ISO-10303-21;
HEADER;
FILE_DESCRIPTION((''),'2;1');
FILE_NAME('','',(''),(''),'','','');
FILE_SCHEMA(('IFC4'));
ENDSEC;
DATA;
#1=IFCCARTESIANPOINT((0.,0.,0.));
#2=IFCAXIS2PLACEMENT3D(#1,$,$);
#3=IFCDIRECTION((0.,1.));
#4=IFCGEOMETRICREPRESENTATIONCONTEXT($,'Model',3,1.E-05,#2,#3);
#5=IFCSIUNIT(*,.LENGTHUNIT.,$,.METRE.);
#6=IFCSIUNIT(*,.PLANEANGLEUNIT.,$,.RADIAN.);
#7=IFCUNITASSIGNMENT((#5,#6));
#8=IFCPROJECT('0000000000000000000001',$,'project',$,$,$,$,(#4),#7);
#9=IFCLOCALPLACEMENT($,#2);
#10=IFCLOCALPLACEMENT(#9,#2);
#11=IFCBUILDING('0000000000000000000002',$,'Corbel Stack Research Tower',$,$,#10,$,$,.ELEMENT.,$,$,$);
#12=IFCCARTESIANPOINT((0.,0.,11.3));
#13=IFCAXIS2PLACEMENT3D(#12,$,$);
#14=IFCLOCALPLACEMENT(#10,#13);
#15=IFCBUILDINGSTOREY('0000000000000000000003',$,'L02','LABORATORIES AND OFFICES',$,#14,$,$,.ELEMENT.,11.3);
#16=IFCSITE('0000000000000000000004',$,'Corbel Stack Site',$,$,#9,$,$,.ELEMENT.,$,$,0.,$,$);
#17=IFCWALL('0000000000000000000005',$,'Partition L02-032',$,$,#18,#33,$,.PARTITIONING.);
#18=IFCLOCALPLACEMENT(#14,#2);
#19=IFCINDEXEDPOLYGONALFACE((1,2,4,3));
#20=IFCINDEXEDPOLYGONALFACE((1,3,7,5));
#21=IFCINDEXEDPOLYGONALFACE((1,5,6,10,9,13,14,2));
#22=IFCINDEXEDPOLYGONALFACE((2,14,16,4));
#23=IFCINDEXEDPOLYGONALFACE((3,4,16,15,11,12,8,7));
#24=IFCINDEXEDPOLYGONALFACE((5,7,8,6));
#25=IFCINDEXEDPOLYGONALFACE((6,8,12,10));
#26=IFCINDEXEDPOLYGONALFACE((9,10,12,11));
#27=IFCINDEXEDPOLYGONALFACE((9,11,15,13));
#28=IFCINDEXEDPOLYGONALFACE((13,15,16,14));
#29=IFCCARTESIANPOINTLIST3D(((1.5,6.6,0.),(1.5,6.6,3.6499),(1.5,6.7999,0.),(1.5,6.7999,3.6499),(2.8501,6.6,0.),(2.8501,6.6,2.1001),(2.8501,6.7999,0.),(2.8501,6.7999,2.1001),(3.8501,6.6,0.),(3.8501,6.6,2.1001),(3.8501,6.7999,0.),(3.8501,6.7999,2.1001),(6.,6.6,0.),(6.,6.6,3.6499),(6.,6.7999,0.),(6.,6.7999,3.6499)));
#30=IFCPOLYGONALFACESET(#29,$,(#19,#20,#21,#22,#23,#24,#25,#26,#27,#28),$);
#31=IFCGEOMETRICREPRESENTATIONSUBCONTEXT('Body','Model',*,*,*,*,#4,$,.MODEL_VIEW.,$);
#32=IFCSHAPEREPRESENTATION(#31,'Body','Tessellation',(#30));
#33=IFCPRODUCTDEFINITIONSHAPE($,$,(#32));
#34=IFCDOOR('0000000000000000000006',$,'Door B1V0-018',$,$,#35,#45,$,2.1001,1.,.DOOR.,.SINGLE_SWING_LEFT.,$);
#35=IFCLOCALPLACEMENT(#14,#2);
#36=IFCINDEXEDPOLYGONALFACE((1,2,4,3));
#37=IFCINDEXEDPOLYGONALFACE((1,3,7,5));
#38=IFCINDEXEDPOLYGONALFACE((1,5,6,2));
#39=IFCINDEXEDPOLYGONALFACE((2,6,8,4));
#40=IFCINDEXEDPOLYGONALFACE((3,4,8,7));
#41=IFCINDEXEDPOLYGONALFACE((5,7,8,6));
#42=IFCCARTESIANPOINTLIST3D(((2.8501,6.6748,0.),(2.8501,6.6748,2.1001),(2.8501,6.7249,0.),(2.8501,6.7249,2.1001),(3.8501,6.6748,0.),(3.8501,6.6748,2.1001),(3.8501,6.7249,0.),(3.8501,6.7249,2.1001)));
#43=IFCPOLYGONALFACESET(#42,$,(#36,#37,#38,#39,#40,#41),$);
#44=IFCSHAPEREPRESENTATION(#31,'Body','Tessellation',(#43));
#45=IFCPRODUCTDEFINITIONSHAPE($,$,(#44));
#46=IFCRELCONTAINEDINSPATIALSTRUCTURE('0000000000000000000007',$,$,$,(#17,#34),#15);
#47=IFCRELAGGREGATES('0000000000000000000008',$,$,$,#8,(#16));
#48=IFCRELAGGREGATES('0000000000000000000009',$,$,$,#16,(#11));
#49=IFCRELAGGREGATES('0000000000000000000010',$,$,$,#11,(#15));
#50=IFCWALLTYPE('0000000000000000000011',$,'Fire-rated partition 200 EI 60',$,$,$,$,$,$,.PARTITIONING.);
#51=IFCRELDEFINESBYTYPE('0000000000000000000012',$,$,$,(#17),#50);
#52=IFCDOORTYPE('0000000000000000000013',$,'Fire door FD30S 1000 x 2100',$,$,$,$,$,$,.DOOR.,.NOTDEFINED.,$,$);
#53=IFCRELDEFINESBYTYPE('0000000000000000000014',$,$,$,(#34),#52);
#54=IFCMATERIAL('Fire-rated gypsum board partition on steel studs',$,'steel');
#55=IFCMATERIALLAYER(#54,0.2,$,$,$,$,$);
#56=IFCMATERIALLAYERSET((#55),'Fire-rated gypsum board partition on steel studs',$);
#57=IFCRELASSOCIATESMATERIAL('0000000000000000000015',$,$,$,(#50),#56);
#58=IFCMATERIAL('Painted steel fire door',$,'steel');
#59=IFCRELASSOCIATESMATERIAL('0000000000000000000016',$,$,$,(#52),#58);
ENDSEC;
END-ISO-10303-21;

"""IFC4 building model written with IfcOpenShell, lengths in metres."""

from ifc_helpers import new_model, si_unit, direction, frame, frame_2d, origin, place, context, subcontext, project, spatial, rectangle, extrude, material, layer, layer_set, type_object, element, fill, save


model = new_model("IFC4")

# Units and contexts
model_context = context("Model", 3, precision=1e-05, world=origin(), true_north=direction((0.0, 1.0)))
body_context = subcontext(model_context, "Body", "Model", "MODEL_VIEW")
ifc_project = project(units=[si_unit("LENGTHUNIT", "METRE"), si_unit("PLANEANGLEUNIT", "RADIAN")], contexts=[model_context])

# Site, building, storey
site_placement = place(None, origin())
site = spatial("IfcSite", under=ifc_project, at=site_placement, Name="Corbel Stack Site", CompositionType="ELEMENT", RefElevation=0.0)
building_placement = place(site_placement, origin())
building = spatial("IfcBuilding", under=site, at=building_placement, Name="Corbel Stack Research Tower", CompositionType="ELEMENT")
storey_placement = place(building_placement, frame((0.0, 0.0, 11.3)))
storey = spatial("IfcBuildingStorey", under=building, at=storey_placement, Name="L02", Description="LABORATORIES AND OFFICES", CompositionType="ELEMENT", Elevation=11.3)

# Wall, opening, door
ifc_material_1 = material(Name="Fire-rated gypsum board partition on steel studs", Category="steel")
ifc_layer_1 = layer(ifc_material_1, 0.2)
ifc_layer_set_1 = layer_set([ifc_layer_1], Name="Fire-rated gypsum board partition on steel studs")
wall_type_1 = type_object("IfcWallType", Name="Fire-rated partition 200 EI 60", PredefinedType="PARTITIONING", material=ifc_layer_set_1)
wall_1_placement = place(storey_placement, frame((1.5, 6.7, 0.0), z_axis=(0.0, 0.0, 1.0), x_axis=(1.0, 0.0, 0.0)))
wall_1 = element("IfcWall", 1, at=wall_1_placement, inside=storey, type_object=wall_type_1, Name="Partition L02-032", PredefinedType="PARTITIONING", context=body_context, shape_type="SweptSolid", body=[
    extrude(rectangle(XDim=4.5, YDim=0.2, at=frame_2d((2.25, 0.0))), origin(), (0.0, 0.0, 1.0), 3.6499),
])
opening_1_placement = place(wall_1_placement, frame((1.3501, 0.0, 0.0)))
opening_1 = element("IfcOpeningElement", 2, at=opening_1_placement, cuts=wall_1, PredefinedType="OPENING", context=body_context, shape_type="SweptSolid", body=[
    extrude(rectangle(XDim=1.0, YDim=2.1001, at=frame_2d((0.5, 1.05))), frame((0.0, 0.1099, 0.0), z_axis=(0.0, -1.0, 0.0), x_axis=(1.0, 0.0, 0.0)), (0.0, 0.0, 1.0), 0.22),
])
ifc_material_2 = material(Name="Painted steel fire door", Category="steel")
door_type_1 = type_object("IfcDoorType", Name="Fire door FD30S 1000 x 2100", OperationType="NOTDEFINED", PredefinedType="DOOR", material=ifc_material_2)
door_1_placement = place(opening_1_placement, origin())
door_1 = element("IfcDoor", 3, at=door_1_placement, inside=storey, type_object=door_type_1, Name="Door B1V0-018", OperationType="SINGLE_SWING_LEFT", OverallHeight=2.1001, OverallWidth=1.0, PredefinedType="DOOR", context=body_context, shape_type="SweptSolid", body=[
    extrude(rectangle(XDim=1.0, YDim=2.1001, at=frame_2d((0.5, 1.05))), frame((0.0, 0.0249, 0.0), z_axis=(0.0, -1.0, 0.0), x_axis=(1.0, 0.0, 0.0)), (0.0, 0.0, 1.0), 0.05),
])
fill(opening_1, door_1)

save(model, "model.ifc")
